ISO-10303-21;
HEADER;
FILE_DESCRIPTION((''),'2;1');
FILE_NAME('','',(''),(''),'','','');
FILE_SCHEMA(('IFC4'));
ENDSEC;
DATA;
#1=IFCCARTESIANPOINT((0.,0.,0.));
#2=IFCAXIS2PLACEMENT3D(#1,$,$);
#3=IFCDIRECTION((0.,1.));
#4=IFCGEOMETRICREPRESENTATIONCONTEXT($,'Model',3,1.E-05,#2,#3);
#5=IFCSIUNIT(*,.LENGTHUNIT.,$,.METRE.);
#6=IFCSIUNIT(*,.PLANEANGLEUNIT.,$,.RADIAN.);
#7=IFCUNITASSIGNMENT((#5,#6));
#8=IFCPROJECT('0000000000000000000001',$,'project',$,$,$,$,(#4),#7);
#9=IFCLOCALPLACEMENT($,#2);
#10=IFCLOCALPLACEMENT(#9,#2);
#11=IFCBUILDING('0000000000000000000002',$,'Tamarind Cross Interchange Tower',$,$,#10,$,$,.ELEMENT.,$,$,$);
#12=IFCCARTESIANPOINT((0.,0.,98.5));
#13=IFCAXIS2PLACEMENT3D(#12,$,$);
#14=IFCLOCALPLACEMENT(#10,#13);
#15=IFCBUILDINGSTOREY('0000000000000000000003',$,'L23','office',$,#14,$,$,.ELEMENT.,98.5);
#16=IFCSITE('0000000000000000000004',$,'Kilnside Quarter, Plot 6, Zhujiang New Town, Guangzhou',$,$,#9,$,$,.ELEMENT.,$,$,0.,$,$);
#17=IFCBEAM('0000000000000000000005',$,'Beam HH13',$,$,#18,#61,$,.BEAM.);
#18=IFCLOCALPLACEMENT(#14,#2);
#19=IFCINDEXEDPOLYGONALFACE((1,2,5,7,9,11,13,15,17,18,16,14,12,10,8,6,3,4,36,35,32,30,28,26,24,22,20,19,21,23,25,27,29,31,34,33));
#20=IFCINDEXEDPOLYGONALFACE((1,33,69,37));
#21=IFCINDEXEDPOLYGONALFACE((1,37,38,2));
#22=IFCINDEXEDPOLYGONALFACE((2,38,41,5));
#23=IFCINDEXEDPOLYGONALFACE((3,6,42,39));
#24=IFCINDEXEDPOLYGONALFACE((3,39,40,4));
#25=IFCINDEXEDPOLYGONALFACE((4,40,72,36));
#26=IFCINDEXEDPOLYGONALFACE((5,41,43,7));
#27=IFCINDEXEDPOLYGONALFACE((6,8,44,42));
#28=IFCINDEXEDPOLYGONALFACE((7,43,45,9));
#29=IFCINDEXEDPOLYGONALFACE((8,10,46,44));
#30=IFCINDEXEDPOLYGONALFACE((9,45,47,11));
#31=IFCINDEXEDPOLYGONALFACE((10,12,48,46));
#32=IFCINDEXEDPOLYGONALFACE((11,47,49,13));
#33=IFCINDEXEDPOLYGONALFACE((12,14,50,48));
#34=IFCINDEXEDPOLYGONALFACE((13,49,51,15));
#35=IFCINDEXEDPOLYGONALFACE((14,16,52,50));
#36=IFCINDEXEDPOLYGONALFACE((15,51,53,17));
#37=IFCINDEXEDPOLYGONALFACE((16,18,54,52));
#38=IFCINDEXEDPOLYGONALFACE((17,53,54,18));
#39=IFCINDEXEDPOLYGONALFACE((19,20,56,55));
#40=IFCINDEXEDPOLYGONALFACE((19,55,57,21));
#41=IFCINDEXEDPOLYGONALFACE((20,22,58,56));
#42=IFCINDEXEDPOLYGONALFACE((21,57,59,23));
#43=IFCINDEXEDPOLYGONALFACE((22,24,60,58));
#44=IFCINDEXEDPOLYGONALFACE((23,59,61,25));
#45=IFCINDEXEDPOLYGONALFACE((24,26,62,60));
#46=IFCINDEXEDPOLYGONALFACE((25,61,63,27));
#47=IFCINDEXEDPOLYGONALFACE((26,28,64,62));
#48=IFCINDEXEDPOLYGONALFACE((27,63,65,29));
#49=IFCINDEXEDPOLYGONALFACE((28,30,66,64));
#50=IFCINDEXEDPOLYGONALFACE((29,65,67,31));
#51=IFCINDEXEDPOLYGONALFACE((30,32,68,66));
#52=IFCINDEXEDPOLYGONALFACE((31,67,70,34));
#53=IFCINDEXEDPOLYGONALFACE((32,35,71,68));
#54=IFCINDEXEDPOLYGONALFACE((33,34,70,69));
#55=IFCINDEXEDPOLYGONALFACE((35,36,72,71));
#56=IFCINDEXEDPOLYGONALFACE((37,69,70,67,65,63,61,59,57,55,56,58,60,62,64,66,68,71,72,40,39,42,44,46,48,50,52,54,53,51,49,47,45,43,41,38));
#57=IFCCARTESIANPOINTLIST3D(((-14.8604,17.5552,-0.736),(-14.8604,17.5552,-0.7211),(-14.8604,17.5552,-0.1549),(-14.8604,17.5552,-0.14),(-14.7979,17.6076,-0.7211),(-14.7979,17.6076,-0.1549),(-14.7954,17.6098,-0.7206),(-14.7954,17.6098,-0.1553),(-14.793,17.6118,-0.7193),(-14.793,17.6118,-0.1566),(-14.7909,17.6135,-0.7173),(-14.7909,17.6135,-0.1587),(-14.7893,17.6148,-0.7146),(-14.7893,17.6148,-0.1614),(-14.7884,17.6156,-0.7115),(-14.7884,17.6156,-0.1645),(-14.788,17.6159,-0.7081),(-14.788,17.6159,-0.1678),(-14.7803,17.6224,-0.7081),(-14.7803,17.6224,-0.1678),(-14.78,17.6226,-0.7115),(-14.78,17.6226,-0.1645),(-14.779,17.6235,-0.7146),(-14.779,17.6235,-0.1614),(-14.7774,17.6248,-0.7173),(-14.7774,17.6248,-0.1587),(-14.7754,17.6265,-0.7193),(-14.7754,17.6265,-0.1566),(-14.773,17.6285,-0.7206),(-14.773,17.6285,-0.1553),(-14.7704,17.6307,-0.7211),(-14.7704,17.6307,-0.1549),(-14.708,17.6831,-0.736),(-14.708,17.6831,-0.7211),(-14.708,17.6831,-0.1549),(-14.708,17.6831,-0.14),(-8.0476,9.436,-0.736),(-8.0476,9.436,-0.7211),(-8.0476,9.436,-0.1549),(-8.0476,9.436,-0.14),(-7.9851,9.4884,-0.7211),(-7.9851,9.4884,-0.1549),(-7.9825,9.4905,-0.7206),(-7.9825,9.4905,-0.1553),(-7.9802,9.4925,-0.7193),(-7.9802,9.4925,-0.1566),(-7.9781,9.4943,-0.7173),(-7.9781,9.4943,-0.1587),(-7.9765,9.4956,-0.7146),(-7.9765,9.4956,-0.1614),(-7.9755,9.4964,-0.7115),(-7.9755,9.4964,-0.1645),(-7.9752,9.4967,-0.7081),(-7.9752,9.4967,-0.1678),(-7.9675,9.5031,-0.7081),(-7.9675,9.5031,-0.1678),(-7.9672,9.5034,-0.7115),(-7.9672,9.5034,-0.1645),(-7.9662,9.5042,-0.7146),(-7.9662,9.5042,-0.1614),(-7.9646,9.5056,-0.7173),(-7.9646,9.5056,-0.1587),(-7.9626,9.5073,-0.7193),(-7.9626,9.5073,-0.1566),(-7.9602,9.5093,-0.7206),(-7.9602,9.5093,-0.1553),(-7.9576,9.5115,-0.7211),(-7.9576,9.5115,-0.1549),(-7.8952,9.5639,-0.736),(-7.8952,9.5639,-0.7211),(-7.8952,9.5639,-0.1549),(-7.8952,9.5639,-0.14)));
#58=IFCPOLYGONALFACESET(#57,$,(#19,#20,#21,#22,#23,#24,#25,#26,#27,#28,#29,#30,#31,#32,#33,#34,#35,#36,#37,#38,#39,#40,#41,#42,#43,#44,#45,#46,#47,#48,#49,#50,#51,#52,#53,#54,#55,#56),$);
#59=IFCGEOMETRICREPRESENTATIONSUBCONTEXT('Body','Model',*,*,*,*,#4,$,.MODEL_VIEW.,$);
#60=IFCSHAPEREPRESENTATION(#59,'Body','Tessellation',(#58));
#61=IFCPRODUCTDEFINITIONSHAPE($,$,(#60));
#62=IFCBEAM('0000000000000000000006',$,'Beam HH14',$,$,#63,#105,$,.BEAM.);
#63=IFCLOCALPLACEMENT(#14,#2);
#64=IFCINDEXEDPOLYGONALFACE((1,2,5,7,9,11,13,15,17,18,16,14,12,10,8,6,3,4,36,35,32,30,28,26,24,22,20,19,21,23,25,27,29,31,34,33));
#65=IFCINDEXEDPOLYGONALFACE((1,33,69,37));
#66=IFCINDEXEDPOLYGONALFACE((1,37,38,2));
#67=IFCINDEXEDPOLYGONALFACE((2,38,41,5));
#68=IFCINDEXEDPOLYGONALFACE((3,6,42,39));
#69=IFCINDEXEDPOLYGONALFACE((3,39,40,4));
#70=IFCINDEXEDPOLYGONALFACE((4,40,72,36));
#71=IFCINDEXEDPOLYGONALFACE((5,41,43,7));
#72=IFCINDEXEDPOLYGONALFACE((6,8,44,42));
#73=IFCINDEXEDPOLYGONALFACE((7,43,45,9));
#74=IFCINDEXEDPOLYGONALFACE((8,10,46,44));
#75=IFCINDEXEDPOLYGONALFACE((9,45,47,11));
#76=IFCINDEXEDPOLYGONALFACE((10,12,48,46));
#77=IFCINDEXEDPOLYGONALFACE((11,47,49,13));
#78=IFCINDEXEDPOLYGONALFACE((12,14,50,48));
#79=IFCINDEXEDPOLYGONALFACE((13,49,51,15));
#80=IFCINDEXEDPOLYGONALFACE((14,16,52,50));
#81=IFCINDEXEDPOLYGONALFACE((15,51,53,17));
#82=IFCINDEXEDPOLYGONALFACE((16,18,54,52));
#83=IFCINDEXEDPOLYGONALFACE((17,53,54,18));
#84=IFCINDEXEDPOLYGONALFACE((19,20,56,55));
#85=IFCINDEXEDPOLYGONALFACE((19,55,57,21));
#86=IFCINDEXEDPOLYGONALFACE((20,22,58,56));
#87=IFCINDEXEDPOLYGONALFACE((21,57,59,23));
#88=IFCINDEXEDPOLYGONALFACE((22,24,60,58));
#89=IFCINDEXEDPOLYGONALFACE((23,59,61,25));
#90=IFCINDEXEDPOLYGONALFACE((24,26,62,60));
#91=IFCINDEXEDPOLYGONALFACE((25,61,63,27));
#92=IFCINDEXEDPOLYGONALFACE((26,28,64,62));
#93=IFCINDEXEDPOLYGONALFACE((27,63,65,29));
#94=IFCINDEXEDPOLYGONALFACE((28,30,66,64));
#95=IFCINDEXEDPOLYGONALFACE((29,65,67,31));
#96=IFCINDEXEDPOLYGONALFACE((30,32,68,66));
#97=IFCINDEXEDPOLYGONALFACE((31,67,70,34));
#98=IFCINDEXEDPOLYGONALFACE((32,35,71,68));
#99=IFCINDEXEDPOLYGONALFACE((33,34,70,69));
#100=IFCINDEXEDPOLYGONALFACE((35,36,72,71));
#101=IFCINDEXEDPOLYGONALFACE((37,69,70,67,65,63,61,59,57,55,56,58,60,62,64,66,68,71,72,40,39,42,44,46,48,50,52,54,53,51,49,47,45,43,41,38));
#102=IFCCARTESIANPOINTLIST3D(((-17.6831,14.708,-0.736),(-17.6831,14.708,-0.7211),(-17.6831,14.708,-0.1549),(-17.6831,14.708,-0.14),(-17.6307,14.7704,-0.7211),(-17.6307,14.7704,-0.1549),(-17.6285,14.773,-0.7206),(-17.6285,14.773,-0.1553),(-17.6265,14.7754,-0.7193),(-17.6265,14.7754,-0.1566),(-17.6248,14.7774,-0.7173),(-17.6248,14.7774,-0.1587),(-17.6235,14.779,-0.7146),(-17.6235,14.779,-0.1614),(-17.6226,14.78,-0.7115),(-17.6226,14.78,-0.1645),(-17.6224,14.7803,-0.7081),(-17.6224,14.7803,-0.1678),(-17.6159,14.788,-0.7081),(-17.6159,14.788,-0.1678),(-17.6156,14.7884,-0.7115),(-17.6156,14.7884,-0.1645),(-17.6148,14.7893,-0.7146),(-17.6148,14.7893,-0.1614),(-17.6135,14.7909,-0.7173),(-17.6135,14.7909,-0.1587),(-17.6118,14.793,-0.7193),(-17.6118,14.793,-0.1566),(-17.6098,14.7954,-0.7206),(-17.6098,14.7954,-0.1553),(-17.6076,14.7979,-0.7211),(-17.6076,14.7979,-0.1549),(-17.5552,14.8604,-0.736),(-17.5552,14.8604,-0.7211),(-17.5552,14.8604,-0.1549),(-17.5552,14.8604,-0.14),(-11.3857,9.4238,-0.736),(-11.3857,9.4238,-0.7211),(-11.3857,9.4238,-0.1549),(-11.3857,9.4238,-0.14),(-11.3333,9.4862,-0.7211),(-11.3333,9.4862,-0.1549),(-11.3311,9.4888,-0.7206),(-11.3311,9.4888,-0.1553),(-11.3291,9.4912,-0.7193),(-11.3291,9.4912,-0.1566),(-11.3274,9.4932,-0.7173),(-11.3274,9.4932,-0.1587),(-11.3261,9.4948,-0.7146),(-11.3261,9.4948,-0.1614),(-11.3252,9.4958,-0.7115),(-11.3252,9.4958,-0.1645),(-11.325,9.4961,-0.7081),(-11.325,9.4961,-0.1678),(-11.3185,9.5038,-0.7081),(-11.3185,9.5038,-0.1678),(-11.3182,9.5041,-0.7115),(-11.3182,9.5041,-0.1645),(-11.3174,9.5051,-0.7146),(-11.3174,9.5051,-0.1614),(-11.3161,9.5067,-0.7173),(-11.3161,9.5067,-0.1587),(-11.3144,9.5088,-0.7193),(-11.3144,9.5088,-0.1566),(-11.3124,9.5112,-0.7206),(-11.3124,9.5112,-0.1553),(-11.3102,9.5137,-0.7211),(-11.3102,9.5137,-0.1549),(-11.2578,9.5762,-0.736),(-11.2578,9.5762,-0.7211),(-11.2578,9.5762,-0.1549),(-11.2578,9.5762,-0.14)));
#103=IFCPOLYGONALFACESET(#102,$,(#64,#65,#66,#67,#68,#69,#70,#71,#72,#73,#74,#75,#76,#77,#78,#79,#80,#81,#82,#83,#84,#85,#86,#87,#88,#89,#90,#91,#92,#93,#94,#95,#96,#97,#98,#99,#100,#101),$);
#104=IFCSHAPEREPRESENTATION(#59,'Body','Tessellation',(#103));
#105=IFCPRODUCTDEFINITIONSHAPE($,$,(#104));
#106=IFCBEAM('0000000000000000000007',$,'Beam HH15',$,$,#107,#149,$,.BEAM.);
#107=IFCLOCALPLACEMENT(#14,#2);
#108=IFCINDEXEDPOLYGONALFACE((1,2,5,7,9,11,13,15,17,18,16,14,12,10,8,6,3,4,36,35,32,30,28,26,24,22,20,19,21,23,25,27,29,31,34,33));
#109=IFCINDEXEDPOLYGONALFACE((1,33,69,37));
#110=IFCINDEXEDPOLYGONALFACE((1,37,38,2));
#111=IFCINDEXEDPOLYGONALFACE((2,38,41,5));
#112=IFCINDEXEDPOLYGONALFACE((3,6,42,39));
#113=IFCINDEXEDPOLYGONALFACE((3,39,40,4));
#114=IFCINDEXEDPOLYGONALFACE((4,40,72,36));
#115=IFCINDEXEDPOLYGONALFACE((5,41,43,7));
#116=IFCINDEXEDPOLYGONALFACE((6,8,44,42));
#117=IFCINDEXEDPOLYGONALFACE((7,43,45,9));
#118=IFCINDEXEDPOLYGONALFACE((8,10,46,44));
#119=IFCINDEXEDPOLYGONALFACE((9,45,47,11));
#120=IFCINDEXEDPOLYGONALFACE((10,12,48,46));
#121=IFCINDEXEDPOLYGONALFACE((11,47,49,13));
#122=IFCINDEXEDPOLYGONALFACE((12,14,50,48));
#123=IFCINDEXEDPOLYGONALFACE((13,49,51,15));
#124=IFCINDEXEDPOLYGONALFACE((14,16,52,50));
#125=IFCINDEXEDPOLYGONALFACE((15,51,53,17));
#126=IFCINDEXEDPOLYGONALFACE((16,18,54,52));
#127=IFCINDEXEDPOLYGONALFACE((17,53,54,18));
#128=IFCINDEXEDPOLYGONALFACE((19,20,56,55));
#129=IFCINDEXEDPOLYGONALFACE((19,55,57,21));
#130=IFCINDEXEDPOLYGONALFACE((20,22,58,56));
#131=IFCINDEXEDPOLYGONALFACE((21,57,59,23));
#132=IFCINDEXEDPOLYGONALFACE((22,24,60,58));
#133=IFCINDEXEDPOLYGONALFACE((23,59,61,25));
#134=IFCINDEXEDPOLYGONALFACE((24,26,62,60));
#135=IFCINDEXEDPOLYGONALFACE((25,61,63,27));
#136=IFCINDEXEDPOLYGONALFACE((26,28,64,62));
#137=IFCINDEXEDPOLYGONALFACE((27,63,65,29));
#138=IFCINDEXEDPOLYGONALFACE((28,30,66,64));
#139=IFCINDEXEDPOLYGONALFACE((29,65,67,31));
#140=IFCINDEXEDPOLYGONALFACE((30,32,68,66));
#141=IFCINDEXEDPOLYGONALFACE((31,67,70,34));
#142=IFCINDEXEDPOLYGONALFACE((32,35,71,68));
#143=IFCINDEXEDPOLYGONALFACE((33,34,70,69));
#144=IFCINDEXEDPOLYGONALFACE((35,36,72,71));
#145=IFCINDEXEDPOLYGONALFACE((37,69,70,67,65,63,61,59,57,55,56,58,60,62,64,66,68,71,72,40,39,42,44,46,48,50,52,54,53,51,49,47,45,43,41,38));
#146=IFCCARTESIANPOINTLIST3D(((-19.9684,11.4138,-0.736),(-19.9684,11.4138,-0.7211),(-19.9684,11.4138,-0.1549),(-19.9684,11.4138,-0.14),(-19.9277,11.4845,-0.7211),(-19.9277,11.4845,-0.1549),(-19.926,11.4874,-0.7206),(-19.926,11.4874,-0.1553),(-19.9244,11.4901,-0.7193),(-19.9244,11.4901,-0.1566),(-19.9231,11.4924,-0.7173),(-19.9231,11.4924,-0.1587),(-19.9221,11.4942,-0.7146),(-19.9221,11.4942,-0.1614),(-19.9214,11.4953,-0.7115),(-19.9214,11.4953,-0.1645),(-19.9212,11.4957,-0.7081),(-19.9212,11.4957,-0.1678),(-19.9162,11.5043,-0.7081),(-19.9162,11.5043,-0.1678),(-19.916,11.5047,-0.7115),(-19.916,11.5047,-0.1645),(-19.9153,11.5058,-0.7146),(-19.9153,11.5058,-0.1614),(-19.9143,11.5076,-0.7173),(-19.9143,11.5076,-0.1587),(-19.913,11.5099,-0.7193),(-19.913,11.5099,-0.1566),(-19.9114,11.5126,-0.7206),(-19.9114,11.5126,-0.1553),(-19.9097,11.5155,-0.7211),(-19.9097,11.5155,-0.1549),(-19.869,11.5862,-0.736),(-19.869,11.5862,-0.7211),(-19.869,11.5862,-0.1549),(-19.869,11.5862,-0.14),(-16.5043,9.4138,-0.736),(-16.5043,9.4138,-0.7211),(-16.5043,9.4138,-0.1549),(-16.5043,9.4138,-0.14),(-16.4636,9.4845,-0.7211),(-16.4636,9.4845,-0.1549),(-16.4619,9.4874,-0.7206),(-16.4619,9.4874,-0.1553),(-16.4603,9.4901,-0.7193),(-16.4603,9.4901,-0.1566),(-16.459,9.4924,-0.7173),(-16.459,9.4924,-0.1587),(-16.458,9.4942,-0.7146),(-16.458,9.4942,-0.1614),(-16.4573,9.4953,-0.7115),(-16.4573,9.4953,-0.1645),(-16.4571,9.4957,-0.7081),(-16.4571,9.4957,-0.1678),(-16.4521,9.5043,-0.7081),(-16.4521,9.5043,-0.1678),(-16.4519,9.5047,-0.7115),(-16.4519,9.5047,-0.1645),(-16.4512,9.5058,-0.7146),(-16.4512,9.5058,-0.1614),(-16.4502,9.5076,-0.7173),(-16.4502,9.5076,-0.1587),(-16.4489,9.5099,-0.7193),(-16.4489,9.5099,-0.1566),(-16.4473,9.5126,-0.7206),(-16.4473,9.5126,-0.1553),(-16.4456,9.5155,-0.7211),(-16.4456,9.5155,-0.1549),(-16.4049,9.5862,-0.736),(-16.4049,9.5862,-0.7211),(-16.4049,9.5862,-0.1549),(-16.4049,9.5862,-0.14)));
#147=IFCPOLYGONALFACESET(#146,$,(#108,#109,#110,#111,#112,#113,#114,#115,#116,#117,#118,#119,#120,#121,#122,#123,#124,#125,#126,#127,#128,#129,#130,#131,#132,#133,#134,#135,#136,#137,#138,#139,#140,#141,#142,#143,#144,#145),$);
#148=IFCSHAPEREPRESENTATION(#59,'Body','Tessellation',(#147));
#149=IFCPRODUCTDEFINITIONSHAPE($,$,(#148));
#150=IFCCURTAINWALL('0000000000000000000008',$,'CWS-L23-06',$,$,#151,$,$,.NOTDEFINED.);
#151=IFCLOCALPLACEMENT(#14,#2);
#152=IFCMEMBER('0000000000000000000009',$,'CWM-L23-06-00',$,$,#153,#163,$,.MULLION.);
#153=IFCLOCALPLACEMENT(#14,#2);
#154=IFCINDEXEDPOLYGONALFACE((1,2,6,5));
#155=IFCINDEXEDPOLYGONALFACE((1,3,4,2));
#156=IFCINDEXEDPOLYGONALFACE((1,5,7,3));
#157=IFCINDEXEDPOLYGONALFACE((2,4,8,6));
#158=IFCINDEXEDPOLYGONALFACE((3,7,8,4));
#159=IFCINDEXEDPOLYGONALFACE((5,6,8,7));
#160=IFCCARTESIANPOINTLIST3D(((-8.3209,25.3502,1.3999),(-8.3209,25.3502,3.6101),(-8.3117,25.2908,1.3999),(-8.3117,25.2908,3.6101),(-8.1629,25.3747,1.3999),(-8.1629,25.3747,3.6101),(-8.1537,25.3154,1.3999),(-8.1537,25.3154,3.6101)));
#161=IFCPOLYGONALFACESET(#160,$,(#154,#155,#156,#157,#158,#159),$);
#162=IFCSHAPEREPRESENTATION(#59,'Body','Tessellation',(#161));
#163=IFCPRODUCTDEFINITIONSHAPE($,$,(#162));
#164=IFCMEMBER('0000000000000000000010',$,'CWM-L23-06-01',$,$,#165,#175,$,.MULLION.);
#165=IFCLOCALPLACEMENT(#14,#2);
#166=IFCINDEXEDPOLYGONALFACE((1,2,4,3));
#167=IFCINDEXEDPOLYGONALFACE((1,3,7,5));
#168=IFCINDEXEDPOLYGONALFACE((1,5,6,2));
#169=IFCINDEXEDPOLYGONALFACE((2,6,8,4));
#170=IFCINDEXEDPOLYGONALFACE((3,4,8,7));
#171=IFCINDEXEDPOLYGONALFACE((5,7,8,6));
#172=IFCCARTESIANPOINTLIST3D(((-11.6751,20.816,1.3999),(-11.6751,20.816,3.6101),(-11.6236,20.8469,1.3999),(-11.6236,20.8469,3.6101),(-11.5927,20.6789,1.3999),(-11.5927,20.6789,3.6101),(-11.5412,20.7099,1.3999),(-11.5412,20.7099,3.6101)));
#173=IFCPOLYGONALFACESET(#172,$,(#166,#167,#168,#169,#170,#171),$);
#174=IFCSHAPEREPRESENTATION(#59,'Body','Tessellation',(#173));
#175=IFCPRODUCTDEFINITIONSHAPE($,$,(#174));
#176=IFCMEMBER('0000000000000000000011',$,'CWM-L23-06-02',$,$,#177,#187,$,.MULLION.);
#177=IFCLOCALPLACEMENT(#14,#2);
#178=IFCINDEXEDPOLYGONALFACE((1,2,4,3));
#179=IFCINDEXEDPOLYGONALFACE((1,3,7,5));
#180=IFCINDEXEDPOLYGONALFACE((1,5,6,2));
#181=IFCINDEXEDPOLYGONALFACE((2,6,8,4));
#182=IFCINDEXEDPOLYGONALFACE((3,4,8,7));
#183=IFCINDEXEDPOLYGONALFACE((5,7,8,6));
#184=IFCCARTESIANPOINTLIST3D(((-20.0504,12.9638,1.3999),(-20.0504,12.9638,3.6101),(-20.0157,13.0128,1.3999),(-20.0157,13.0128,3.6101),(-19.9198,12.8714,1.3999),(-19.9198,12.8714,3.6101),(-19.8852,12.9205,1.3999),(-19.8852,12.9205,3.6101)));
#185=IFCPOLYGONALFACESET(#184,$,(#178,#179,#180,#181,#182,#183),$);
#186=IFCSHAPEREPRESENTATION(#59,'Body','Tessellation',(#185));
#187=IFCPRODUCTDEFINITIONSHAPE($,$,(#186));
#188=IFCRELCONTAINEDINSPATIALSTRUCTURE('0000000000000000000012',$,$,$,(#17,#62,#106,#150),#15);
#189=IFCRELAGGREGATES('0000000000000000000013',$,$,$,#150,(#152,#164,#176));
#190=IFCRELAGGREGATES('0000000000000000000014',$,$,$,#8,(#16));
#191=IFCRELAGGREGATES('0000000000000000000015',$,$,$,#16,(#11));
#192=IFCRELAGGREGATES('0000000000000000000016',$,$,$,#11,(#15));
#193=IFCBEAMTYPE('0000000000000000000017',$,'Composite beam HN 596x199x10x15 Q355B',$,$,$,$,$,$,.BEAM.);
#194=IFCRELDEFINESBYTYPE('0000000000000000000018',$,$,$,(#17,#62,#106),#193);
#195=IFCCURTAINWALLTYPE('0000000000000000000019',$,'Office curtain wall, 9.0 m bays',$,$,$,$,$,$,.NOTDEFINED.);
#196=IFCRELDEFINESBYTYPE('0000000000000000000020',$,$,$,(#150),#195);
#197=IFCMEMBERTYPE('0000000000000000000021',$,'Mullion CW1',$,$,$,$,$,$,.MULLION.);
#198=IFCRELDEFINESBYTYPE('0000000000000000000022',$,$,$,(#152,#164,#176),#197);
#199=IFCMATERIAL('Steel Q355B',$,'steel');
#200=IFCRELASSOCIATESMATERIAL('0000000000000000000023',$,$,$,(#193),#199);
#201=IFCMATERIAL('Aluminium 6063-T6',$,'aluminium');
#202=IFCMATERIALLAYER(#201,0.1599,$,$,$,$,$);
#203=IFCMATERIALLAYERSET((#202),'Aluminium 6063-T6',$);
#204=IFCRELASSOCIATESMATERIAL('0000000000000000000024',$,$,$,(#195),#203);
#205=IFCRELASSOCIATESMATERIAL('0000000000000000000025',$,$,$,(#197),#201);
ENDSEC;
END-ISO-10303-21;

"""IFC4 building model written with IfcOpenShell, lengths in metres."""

from ifc_helpers import new_model, si_unit, direction, frame, origin, origin_2d, place, context, subcontext, project, spatial, rectangle, i_section, extrude, material, layer, layer_set, material_profile, profile_set, type_object, element, aggregate, save


model = new_model("IFC4")

# Units and contexts
model_context = context("Model", 3, precision=1e-05, world=origin(), true_north=direction((0.0, 1.0)))
body_context = subcontext(model_context, "Body", "Model", "MODEL_VIEW")
ifc_project = project(units=[si_unit("LENGTHUNIT", "METRE"), si_unit("PLANEANGLEUNIT", "RADIAN")], contexts=[model_context])

# Site, building, storey
site_placement = place(None, origin())
site = spatial("IfcSite", under=ifc_project, at=site_placement, Name="Kilnside Quarter, Plot 6, Zhujiang New Town, Guangzhou", CompositionType="ELEMENT", RefElevation=0.0)
building_placement = place(site_placement, origin())
building = spatial("IfcBuilding", under=site, at=building_placement, Name="Tamarind Cross Interchange Tower", CompositionType="ELEMENT")
storey_placement = place(building_placement, frame((0.0, 0.0, 98.5)))
storey = spatial("IfcBuildingStorey", under=building, at=storey_placement, Name="L23", Description="office", CompositionType="ELEMENT", Elevation=98.5)

# Beams
ifc_material_1 = material(Name="Steel Q355B", Category="steel")
ifc_material_profile_1 = material_profile(ifc_material_1, i_section(OverallWidth=0.199, OverallDepth=0.5959, WebThickness=0.01, FlangeThickness=0.0149, FilletRadius=0.0129, at=origin_2d()), Name="HN 596x199x10x15")
ifc_profile_set_1 = profile_set([ifc_material_profile_1], Name="Steel Q355B")
beam_type = type_object("IfcBeamType", Name="Composite beam HN 596x199x10x15 Q355B", PredefinedType="BEAM", material=ifc_profile_set_1)
beam_1_placement = place(storey_placement, frame((-14.7842, 17.6191, -0.438), z_axis=(0.642786, -0.766046, 0.0), x_axis=(0.766046, 0.642786, 0.0)))
element("IfcBeam", 1, at=beam_1_placement, inside=storey, type_object=beam_type, Name="Beam HH13", PredefinedType="BEAM", context=body_context, shape_type="SweptSolid", body=[
    extrude(i_section(OverallWidth=0.199, OverallDepth=0.5959, WebThickness=0.01, FlangeThickness=0.0149, FilletRadius=0.0129, at=origin_2d()), origin(), (0.0, 0.0, 1.0), 10.5989),
])
beam_2_placement = place(storey_placement, frame((-17.6191, 14.7842, -0.438), z_axis=(0.766041, -0.642792, 0.0), x_axis=(0.642792, 0.766041, 0.0)))
element("IfcBeam", 2, at=beam_2_placement, inside=storey, type_object=beam_type, Name="Beam HH14", PredefinedType="BEAM", context=body_context, shape_type="SweptSolid", body=[
    extrude(i_section(OverallWidth=0.199, OverallDepth=0.5959, WebThickness=0.01, FlangeThickness=0.0149, FilletRadius=0.0129, at=origin_2d()), origin(), (0.0, 0.0, 1.0), 8.2207),
])
beam_3_placement = place(storey_placement, frame((-19.9187, 11.5, -0.438), z_axis=(0.866026, -0.499999, 0.0), x_axis=(0.499999, 0.866026, 0.0)))
element("IfcBeam", 3, at=beam_3_placement, inside=storey, type_object=beam_type, Name="Beam HH15", PredefinedType="BEAM", context=body_context, shape_type="SweptSolid", body=[
    extrude(i_section(OverallWidth=0.199, OverallDepth=0.5959, WebThickness=0.01, FlangeThickness=0.0149, FilletRadius=0.0129, at=origin_2d()), origin(), (0.0, 0.0, 1.0), 4.0),
])

# Curtain wall, members
ifc_material_2 = material(Name="Aluminium 6063-T6", Category="aluminium")
ifc_layer_1 = layer(ifc_material_2, 0.1599)
ifc_layer_set_1 = layer_set([ifc_layer_1], Name="Aluminium 6063-T6")
curtain_wall_type = type_object("IfcCurtainWallType", Name="Office curtain wall, 9.0 m bays", PredefinedType="NOTDEFINED", material=ifc_layer_set_1)
curtain_wall_placement = place(storey_placement, origin())
curtain_wall = element("IfcCurtainWall", 4, at=curtain_wall_placement, inside=storey, type_object=curtain_wall_type, Name="CWS-L23-06", PredefinedType="NOTDEFINED")
ifc_material_profile_2 = material_profile(ifc_material_2, rectangle(XDim=0.0601, YDim=0.1599, at=origin_2d()), Name="Mullion CW1")
ifc_profile_set_2 = profile_set([ifc_material_profile_2], Name="Aluminium 6063-T6")
member_type = type_object("IfcMemberType", Name="Mullion CW1", PredefinedType="MULLION", material=ifc_profile_set_2)
member_1_placement = place(storey_placement, frame((-8.2373, 25.3328, 1.3999), z_axis=(0.0, 0.0, 1.0), x_axis=(0.153604, -0.988132, 0.0)))
member_1 = element("IfcMember", 5, at=member_1_placement, type_object=member_type, Name="CWM-L23-06-00", PredefinedType="MULLION", context=body_context, shape_type="SweptSolid", body=[
    extrude(rectangle(XDim=0.0601, YDim=0.1599, at=origin_2d()), origin(), (0.0, 0.0, 1.0), 2.2102),
])
member_2_placement = place(storey_placement, frame((-11.6082, 20.7629, 1.3999), z_axis=(0.0, 0.0, 1.0), x_axis=(-0.856843, -0.515577, 0.0)))
member_2 = element("IfcMember", 6, at=member_2_placement, type_object=member_type, Name="CWM-L23-06-01", PredefinedType="MULLION", context=body_context, shape_type="SweptSolid", body=[
    extrude(rectangle(XDim=0.0601, YDim=0.1599, at=origin_2d()), origin(), (0.0, 0.0, 1.0), 2.2102),
])
member_3_placement = place(storey_placement, frame((-19.9678, 12.9421, 1.3999), z_axis=(0.0, 0.0, 1.0), x_axis=(-0.577569, -0.816342, 0.0)))
member_3 = element("IfcMember", 7, at=member_3_placement, type_object=member_type, Name="CWM-L23-06-02", PredefinedType="MULLION", context=body_context, shape_type="SweptSolid", body=[
    extrude(rectangle(XDim=0.0601, YDim=0.1599, at=origin_2d()), origin(), (0.0, 0.0, 1.0), 2.2102),
])
aggregate(curtain_wall, [member_1, member_2, member_3])

save(model, "model.ifc")
